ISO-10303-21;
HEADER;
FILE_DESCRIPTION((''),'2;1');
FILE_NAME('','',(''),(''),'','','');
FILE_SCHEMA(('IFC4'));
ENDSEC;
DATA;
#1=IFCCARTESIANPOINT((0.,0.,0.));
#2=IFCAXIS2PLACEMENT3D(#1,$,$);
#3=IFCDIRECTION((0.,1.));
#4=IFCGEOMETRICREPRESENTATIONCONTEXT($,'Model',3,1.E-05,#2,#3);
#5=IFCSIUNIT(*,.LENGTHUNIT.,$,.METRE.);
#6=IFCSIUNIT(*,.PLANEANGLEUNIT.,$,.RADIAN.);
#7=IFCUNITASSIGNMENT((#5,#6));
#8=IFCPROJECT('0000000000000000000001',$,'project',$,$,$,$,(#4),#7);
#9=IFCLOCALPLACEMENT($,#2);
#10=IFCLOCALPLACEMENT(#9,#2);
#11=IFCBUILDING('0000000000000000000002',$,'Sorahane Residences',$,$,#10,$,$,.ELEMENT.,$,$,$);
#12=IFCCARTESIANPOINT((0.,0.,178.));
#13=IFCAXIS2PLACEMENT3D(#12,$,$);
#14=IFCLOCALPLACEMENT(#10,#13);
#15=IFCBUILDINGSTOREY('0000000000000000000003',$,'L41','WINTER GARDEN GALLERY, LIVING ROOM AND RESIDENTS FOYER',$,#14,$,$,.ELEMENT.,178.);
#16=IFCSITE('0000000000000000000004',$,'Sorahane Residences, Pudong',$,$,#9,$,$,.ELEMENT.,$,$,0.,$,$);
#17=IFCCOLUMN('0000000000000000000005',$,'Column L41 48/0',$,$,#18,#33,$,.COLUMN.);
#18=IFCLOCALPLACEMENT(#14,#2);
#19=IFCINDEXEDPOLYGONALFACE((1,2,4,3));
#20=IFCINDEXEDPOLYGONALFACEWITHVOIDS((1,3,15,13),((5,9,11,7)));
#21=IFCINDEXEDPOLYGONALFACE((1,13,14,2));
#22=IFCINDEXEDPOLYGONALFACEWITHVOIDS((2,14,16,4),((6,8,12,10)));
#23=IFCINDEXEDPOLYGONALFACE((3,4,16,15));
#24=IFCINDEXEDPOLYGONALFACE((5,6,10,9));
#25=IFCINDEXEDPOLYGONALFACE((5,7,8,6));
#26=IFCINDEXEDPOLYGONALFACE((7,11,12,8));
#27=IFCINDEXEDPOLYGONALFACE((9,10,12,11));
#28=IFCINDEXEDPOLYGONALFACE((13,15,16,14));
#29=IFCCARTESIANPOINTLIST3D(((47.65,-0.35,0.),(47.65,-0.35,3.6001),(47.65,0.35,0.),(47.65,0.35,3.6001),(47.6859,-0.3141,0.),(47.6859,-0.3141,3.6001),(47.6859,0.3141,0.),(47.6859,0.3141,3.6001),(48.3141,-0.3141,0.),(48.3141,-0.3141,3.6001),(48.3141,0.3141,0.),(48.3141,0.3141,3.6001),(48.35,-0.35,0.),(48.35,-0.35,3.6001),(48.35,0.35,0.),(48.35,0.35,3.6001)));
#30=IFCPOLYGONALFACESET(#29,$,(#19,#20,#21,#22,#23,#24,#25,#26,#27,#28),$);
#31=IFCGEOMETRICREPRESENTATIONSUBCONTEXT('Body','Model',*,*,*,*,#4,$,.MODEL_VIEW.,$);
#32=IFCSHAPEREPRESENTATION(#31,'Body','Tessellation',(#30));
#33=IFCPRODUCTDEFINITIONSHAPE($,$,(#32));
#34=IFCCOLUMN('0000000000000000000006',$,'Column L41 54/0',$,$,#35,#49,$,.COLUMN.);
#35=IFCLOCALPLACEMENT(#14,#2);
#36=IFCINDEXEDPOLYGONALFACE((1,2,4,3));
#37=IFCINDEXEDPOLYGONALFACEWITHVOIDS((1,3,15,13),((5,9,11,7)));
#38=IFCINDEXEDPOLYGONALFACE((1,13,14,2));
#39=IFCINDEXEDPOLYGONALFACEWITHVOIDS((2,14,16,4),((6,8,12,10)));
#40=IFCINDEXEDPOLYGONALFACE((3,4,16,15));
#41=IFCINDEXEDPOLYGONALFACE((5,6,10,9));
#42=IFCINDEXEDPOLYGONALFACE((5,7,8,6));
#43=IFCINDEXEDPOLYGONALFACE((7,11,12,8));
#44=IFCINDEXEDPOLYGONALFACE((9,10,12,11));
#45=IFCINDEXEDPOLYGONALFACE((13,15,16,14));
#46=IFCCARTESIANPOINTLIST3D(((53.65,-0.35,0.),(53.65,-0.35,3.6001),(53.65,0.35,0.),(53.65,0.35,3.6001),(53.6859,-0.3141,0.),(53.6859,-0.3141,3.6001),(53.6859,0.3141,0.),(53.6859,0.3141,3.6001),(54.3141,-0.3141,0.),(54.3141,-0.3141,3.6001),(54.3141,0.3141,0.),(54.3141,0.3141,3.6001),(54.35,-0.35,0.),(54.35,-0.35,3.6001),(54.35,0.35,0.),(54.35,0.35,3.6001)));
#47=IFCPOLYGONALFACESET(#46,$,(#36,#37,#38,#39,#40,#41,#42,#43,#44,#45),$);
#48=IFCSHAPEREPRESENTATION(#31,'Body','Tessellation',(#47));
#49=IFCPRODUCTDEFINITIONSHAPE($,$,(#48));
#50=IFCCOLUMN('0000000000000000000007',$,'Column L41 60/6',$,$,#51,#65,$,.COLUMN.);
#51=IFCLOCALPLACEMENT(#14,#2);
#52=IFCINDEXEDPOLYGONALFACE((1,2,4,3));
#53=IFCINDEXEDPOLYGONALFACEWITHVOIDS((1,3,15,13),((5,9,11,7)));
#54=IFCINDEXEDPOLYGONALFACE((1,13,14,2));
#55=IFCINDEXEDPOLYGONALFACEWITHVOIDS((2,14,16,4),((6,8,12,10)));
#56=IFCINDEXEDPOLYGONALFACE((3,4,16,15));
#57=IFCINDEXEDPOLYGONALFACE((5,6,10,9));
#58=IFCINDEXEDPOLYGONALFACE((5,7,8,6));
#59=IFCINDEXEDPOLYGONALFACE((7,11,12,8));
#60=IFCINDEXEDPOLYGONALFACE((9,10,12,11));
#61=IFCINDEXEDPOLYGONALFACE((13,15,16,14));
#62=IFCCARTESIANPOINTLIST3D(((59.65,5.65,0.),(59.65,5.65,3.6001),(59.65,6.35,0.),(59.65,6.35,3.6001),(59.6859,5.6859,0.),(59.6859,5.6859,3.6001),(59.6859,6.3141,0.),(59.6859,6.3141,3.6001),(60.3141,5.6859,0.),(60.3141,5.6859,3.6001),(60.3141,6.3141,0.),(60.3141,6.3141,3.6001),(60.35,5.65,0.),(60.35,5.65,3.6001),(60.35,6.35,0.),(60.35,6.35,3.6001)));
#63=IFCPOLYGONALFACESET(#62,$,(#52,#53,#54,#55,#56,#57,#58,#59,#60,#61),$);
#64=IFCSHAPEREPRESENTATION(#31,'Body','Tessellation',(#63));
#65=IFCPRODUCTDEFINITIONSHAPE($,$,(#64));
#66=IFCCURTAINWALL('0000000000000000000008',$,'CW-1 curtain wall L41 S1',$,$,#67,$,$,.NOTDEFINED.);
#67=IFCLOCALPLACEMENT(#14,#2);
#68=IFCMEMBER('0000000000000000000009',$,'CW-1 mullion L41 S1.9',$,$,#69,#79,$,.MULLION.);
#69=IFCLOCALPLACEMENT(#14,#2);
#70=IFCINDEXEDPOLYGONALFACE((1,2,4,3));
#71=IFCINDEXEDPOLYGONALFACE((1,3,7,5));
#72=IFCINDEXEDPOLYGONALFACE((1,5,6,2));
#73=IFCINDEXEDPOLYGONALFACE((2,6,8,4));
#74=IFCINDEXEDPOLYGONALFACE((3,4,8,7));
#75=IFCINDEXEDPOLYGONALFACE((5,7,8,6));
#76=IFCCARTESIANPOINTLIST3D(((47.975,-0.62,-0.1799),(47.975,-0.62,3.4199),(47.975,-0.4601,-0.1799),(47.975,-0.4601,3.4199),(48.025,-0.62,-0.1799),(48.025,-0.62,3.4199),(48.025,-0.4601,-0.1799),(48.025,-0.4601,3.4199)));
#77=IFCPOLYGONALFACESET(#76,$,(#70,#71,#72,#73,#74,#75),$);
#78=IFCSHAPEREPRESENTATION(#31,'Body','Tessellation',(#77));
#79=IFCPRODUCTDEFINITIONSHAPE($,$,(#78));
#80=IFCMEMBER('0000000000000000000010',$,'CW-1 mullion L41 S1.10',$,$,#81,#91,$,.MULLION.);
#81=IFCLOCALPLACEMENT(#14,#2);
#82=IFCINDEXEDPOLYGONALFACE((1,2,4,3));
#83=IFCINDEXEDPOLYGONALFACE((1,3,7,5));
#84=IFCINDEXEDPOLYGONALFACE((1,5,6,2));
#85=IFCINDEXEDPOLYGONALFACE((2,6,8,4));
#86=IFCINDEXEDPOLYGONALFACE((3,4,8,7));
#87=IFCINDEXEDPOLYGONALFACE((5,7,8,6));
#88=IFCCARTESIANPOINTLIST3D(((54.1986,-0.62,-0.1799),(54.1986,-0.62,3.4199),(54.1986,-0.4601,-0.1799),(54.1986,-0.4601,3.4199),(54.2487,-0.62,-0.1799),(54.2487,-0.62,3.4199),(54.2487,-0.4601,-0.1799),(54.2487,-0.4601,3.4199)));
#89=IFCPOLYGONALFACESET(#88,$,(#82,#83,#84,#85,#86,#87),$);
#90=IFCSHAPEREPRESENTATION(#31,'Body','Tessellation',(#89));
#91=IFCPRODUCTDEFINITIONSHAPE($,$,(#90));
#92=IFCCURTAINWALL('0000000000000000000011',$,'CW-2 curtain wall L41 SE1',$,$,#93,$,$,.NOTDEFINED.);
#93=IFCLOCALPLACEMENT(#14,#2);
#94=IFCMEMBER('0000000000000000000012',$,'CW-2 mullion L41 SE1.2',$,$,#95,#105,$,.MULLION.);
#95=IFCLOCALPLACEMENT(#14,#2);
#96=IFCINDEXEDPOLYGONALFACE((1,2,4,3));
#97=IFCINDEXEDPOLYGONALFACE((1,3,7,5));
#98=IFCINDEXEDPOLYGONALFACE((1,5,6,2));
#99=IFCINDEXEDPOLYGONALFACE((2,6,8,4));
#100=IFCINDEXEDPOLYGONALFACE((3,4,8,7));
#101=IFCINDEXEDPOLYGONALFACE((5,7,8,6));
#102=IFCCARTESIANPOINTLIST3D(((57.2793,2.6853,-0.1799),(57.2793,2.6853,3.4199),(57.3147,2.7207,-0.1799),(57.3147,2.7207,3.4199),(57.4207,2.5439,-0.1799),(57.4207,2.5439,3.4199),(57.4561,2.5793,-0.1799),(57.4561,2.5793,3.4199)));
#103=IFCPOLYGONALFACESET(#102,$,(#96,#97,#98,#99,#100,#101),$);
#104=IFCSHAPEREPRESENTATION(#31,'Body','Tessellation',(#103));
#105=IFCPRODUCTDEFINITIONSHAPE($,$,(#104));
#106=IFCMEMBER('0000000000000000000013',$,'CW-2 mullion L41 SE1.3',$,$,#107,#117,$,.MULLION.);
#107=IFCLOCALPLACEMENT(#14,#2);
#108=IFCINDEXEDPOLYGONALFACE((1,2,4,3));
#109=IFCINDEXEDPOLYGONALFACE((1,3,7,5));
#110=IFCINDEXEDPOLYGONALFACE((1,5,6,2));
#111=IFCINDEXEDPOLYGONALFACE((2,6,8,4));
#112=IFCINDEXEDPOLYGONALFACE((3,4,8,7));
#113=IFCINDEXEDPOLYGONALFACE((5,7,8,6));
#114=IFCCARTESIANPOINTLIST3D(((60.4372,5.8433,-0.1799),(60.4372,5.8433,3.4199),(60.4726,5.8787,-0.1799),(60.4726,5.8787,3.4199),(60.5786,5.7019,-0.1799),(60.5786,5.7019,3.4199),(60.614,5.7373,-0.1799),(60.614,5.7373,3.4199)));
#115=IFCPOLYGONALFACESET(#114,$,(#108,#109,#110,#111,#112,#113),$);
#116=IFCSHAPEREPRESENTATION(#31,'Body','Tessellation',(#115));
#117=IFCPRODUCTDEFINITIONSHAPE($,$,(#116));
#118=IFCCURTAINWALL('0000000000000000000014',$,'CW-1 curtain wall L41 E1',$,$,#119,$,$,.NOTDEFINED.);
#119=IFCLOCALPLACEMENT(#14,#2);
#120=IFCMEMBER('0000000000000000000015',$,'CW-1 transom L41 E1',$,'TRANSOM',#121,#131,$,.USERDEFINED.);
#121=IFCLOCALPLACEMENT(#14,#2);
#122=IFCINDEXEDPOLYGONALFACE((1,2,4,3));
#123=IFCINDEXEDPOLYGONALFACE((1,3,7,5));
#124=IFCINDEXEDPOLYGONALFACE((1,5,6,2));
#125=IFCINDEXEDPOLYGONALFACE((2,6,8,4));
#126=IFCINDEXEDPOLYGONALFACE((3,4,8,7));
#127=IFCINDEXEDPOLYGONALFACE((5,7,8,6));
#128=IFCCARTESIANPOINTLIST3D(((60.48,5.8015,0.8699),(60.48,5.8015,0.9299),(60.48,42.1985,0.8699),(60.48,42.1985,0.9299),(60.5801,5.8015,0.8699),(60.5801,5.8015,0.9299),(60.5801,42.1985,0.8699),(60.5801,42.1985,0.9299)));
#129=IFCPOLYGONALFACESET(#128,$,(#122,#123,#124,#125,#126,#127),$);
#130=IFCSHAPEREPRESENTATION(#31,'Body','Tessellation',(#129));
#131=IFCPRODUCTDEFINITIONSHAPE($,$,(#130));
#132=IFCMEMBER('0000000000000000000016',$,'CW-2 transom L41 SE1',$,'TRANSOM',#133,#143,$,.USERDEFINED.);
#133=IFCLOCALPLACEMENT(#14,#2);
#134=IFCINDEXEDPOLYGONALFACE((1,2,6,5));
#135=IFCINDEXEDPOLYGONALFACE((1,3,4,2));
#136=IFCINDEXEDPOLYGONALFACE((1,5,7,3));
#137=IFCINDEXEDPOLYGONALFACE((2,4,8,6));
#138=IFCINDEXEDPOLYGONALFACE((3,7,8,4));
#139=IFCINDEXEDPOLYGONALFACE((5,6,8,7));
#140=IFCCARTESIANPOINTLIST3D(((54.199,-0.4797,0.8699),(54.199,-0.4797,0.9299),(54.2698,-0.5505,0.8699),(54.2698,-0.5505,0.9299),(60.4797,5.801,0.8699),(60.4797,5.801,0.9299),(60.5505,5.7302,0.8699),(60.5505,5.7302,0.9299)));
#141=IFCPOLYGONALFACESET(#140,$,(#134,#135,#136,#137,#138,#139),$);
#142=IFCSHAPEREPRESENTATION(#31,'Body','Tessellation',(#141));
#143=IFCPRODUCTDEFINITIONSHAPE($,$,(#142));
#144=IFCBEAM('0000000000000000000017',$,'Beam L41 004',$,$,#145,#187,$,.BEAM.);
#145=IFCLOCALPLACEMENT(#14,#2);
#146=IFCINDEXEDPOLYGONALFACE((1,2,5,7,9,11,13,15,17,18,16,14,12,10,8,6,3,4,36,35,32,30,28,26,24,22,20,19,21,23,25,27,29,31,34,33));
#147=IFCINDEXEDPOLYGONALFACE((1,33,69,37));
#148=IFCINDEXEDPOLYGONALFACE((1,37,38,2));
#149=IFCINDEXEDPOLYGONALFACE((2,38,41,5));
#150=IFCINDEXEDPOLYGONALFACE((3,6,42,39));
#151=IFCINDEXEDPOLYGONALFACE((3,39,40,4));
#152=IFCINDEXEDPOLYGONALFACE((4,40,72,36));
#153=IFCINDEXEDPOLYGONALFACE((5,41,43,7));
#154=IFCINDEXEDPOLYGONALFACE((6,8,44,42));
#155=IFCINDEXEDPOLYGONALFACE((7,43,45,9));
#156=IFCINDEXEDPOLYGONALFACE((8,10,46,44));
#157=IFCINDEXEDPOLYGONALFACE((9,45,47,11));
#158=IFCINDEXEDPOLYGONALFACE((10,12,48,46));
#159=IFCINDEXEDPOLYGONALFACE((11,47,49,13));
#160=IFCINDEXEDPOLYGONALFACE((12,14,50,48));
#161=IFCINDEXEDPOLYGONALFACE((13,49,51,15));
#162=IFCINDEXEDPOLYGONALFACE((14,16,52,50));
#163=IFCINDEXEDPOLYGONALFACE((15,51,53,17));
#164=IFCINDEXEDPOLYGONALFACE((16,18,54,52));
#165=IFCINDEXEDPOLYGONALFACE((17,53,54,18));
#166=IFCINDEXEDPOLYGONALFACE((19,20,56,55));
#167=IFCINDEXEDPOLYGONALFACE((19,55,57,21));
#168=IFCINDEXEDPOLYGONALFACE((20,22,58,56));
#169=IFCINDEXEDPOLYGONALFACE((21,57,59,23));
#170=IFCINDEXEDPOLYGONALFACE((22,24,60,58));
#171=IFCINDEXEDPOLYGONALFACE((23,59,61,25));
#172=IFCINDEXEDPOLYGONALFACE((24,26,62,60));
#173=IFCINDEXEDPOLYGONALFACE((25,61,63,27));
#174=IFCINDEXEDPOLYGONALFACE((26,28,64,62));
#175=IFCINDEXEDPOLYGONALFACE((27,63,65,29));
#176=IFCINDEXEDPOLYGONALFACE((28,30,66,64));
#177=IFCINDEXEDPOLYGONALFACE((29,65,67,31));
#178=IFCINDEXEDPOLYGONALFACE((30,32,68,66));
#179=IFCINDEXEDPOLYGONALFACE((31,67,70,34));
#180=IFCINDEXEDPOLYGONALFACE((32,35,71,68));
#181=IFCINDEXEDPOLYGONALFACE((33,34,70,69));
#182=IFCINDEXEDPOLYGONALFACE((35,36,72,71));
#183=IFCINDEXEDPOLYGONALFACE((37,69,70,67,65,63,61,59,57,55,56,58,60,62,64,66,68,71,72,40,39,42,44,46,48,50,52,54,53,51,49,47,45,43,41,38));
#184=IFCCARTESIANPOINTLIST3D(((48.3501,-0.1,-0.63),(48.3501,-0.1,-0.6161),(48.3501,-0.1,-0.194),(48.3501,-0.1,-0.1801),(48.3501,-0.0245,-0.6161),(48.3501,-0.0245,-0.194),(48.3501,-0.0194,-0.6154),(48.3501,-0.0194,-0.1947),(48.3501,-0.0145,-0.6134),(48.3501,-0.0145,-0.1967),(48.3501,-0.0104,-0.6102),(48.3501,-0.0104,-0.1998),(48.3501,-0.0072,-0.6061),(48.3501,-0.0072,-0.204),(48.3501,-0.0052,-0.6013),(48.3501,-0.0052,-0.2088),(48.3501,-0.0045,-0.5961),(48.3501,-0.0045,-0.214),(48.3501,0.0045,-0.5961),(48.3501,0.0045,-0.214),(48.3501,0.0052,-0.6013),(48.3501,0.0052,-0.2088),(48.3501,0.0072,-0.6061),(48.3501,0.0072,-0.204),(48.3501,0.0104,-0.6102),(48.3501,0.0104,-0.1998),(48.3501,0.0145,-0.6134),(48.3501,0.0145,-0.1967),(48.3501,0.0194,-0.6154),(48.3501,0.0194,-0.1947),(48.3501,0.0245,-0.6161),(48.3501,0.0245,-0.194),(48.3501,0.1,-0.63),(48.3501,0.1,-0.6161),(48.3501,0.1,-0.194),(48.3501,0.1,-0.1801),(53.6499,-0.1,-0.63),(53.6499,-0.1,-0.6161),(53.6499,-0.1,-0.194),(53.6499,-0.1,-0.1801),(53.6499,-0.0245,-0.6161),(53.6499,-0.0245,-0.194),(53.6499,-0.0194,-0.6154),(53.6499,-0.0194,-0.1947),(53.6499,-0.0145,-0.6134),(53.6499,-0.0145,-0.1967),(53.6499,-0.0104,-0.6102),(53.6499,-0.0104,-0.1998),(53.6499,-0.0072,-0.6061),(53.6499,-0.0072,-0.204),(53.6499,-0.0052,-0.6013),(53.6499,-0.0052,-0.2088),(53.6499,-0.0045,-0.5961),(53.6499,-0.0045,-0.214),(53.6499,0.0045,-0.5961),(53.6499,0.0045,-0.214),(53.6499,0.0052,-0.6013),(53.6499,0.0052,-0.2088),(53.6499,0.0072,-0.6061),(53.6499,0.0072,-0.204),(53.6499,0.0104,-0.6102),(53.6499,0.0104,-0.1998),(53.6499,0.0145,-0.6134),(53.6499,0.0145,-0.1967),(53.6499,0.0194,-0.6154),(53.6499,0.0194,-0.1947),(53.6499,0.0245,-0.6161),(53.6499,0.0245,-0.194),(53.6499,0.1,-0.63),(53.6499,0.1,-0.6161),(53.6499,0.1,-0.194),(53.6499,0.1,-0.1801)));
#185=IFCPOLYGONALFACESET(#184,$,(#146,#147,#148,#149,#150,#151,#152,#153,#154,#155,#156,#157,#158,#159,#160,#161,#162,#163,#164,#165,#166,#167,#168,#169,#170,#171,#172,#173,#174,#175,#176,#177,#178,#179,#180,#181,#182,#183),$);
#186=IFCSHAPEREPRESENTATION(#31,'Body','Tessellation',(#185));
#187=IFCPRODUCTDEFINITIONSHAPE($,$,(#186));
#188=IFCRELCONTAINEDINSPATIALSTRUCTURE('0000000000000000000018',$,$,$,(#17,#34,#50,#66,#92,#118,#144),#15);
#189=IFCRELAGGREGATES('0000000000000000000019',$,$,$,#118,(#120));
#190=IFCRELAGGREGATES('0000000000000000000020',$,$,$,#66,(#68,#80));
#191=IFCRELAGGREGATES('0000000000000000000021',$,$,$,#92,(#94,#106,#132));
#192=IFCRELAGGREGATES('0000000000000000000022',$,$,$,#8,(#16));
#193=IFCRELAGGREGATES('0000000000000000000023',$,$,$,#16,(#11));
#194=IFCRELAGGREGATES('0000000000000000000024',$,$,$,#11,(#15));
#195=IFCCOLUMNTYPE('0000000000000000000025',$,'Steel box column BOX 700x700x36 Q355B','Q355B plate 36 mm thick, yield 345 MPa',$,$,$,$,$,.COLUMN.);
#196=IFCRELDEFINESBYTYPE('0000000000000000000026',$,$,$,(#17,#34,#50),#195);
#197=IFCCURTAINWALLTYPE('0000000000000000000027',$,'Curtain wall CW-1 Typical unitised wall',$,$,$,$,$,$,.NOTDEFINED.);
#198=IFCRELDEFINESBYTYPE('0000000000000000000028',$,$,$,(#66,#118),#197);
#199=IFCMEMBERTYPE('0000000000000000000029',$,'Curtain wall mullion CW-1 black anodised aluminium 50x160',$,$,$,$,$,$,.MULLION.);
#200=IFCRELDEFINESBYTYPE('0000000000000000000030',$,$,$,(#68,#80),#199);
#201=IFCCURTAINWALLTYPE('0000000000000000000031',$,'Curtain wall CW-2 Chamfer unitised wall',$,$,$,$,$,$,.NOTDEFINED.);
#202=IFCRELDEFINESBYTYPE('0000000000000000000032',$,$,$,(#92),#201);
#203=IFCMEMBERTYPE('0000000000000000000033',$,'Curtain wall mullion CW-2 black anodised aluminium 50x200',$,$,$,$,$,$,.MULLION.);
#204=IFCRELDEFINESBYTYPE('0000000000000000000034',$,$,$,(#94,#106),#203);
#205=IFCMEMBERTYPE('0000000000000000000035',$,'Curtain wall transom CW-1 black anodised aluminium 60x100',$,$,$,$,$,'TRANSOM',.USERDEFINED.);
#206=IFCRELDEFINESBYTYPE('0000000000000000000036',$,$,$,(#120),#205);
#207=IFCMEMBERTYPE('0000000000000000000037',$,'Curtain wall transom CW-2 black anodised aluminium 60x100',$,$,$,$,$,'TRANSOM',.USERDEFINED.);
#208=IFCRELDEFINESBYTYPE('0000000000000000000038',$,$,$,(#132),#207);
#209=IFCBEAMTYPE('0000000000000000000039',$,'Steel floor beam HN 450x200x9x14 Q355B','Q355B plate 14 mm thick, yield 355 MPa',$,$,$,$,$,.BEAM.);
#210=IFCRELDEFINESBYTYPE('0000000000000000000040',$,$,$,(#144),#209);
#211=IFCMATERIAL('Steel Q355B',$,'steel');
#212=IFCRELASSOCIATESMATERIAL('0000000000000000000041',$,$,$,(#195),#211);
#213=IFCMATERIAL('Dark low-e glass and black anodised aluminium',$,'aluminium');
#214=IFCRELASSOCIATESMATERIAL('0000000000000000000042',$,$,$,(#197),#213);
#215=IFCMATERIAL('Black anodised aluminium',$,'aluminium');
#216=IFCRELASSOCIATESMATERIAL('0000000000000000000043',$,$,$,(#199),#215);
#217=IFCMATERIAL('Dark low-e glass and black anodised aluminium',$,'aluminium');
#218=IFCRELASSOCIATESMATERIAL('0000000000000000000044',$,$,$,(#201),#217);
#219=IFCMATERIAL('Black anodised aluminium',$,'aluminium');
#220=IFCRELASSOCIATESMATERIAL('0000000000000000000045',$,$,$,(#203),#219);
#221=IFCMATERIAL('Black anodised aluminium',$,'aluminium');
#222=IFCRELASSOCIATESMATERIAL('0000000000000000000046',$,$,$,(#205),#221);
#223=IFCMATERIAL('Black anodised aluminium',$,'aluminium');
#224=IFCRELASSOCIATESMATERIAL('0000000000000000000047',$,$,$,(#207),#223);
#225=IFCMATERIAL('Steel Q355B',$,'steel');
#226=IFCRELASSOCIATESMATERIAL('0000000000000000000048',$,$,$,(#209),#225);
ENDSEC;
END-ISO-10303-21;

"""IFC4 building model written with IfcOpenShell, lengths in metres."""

from ifc_helpers import new_model, si_unit, direction, frame, origin, origin_2d, place, context, subcontext, project, spatial, rectangle, hollow_rectangle, i_section, extrude, material, material_profile, profile_set, type_object, element, aggregate, save


model = new_model("IFC4")

# Units and contexts
model_context = context("Model", 3, precision=1e-05, world=origin(), true_north=direction((0.0, 1.0)))
body_context = subcontext(model_context, "Body", "Model", "MODEL_VIEW")
ifc_project = project(units=[si_unit("LENGTHUNIT", "METRE"), si_unit("PLANEANGLEUNIT", "RADIAN")], contexts=[model_context])

# Site, building, storey
site_placement = place(None, origin())
site = spatial("IfcSite", under=ifc_project, at=site_placement, Name="Sorahane Residences, Pudong", CompositionType="ELEMENT", RefElevation=0.0)
building_placement = place(site_placement, origin())
building = spatial("IfcBuilding", under=site, at=building_placement, Name="Sorahane Residences", CompositionType="ELEMENT")
storey_placement = place(building_placement, frame((0.0, 0.0, 178.0)))
storey = spatial("IfcBuildingStorey", under=building, at=storey_placement, Name="L41", Description="WINTER GARDEN GALLERY, LIVING ROOM AND RESIDENTS FOYER", CompositionType="ELEMENT", Elevation=178.0)

# Columns
ifc_material_1 = material(Name="Steel Q355B", Category="steel")
ifc_material_profile_1 = material_profile(ifc_material_1, hollow_rectangle(XDim=0.7, YDim=0.7, WallThickness=0.0359, at=origin_2d()), Name="BOX 700x700x36")
ifc_profile_set_1 = profile_set([ifc_material_profile_1], Name="Steel Q355B")
column_type = type_object("IfcColumnType", Name="Steel box column BOX 700x700x36 Q355B", Description="Q355B plate 36 mm thick, yield 345 MPa", PredefinedType="COLUMN", material=ifc_profile_set_1)
for number, where, z_axis, x_axis, name in (
    (1, (48.0, 0.0, 0.0), (0.0, 0.0, 1.0), (1.0, 0.0, 0.0), "Column L41 48/0"),
    (2, (54.0, 0.0, 0.0), (0.0, 0.0, 1.0), (1.0, 0.0, 0.0), "Column L41 54/0"),
    (3, (60.0, 6.0, 0.0), (0.0, 0.0, 1.0), (1.0, 0.0, 0.0), "Column L41 60/6"),
):
    element("IfcColumn", number, at=place(storey_placement, frame(where, z_axis=z_axis, x_axis=x_axis)), inside=storey, type_object=column_type, Name=name, PredefinedType="COLUMN", context=body_context, shape_type="SweptSolid", body=[
        extrude(hollow_rectangle(XDim=0.7, YDim=0.7, WallThickness=0.0359, at=origin_2d()), origin(), (0.0, 0.0, 1.0), 3.6001),
    ])

# Curtain walls, members
ifc_material_2 = material(Name="Dark low-e glass and black anodised aluminium", Category="aluminium")
curtain_wall_type_1 = type_object("IfcCurtainWallType", Name="Curtain wall CW-1 Typical unitised wall", PredefinedType="NOTDEFINED", material=ifc_material_2)
curtain_wall_1_placement = place(storey_placement, origin())
curtain_wall_1 = element("IfcCurtainWall", 4, at=curtain_wall_1_placement, inside=storey, type_object=curtain_wall_type_1, Name="CW-1 curtain wall L41 S1", PredefinedType="NOTDEFINED")
ifc_material_3 = material(Name="Black anodised aluminium", Category="aluminium")
ifc_material_profile_2 = material_profile(ifc_material_3, rectangle(XDim=0.1599, YDim=0.05, at=origin_2d()), Name="Curtain wall mullion CW-1 black anodised aluminium 50x160")
ifc_profile_set_2 = profile_set([ifc_material_profile_2], Name="Black anodised aluminium")
member_type_1 = type_object("IfcMemberType", Name="Curtain wall mullion CW-1 black anodised aluminium 50x160", PredefinedType="MULLION", material=ifc_profile_set_2)
member_1_placement = place(storey_placement, frame((48.0, -0.54, -0.1799), z_axis=(0.0, 0.0, 1.0), x_axis=(0.0, -1.0, 0.0)))
member_1 = element("IfcMember", 5, at=member_1_placement, type_object=member_type_1, Name="CW-1 mullion L41 S1.9", PredefinedType="MULLION", context=body_context, shape_type="SweptSolid", body=[
    extrude(rectangle(XDim=0.1599, YDim=0.05, at=origin_2d()), origin(), (0.0, 0.0, 1.0), 3.5999),
])
member_2_placement = place(storey_placement, frame((54.2236, -0.54, -0.1799), z_axis=(0.0, 0.0, 1.0), x_axis=(0.0, -1.0, 0.0)))
member_2 = element("IfcMember", 6, at=member_2_placement, type_object=member_type_1, Name="CW-1 mullion L41 S1.10", PredefinedType="MULLION", context=body_context, shape_type="SweptSolid", body=[
    extrude(rectangle(XDim=0.1599, YDim=0.05, at=origin_2d()), origin(), (0.0, 0.0, 1.0), 3.5999),
])
ifc_material_4 = material(Name="Dark low-e glass and black anodised aluminium", Category="aluminium")
curtain_wall_type_2 = type_object("IfcCurtainWallType", Name="Curtain wall CW-2 Chamfer unitised wall", PredefinedType="NOTDEFINED", material=ifc_material_4)
curtain_wall_2_placement = place(storey_placement, origin())
curtain_wall_2 = element("IfcCurtainWall", 7, at=curtain_wall_2_placement, inside=storey, type_object=curtain_wall_type_2, Name="CW-2 curtain wall L41 SE1", PredefinedType="NOTDEFINED")
ifc_material_5 = material(Name="Black anodised aluminium", Category="aluminium")
ifc_material_profile_3 = material_profile(ifc_material_5, rectangle(XDim=0.2, YDim=0.05, at=origin_2d()), Name="Curtain wall mullion CW-2 black anodised aluminium 50x200")
ifc_profile_set_3 = profile_set([ifc_material_profile_3], Name="Black anodised aluminium")
member_type_2 = type_object("IfcMemberType", Name="Curtain wall mullion CW-2 black anodised aluminium 50x200", PredefinedType="MULLION", material=ifc_profile_set_3)
member_3_placement = place(storey_placement, frame((57.3677, 2.6323, -0.1799), z_axis=(0.0, 0.0, 1.0), x_axis=(0.707107, -0.707107, 0.0)))
member_3 = element("IfcMember", 8, at=member_3_placement, type_object=member_type_2, Name="CW-2 mullion L41 SE1.2", PredefinedType="MULLION", context=body_context, shape_type="SweptSolid", body=[
    extrude(rectangle(XDim=0.2, YDim=0.05, at=origin_2d()), origin(), (0.0, 0.0, 1.0), 3.5999),
])
member_4_placement = place(storey_placement, frame((60.5256, 5.7903, -0.1799), z_axis=(0.0, 0.0, 1.0), x_axis=(0.707107, -0.707107, 0.0)))
member_4 = element("IfcMember", 9, at=member_4_placement, type_object=member_type_2, Name="CW-2 mullion L41 SE1.3", PredefinedType="MULLION", context=body_context, shape_type="SweptSolid", body=[
    extrude(rectangle(XDim=0.2, YDim=0.05, at=origin_2d()), origin(), (0.0, 0.0, 1.0), 3.5999),
])

# Curtain wall, member
curtain_wall_3_placement = place(storey_placement, origin())
curtain_wall_3 = element("IfcCurtainWall", 10, at=curtain_wall_3_placement, inside=storey, type_object=curtain_wall_type_1, Name="CW-1 curtain wall L41 E1", PredefinedType="NOTDEFINED")
ifc_material_6 = material(Name="Black anodised aluminium", Category="aluminium")
ifc_material_profile_4 = material_profile(ifc_material_6, rectangle(XDim=0.1001, YDim=0.0601, at=origin_2d()), Name="Curtain wall transom CW-1 black anodised aluminium 60x100")
ifc_profile_set_4 = profile_set([ifc_material_profile_4], Name="Black anodised aluminium")
member_type_3 = type_object("IfcMemberType", Name="Curtain wall transom CW-1 black anodised aluminium 60x100", ElementType="TRANSOM", PredefinedType="USERDEFINED", material=ifc_profile_set_4)
member_5_placement = place(storey_placement, frame((60.53, 5.8015, 0.8999), z_axis=(0.0, 1.0, 0.0), x_axis=(-1.0, 0.0, 0.0)))
member_5 = element("IfcMember", 11, at=member_5_placement, type_object=member_type_3, Name="CW-1 transom L41 E1", ObjectType="TRANSOM", PredefinedType="USERDEFINED", context=body_context, shape_type="SweptSolid", body=[
    extrude(rectangle(XDim=0.1001, YDim=0.0601, at=origin_2d()), origin(), (0.0, 0.0, 1.0), 36.397),
])
aggregate(curtain_wall_3, [member_5])

# Member
ifc_material_7 = material(Name="Black anodised aluminium", Category="aluminium")
ifc_material_profile_5 = material_profile(ifc_material_7, rectangle(XDim=0.1001, YDim=0.0601, at=origin_2d()), Name="Curtain wall transom CW-2 black anodised aluminium 60x100")
ifc_profile_set_5 = profile_set([ifc_material_profile_5], Name="Black anodised aluminium")
member_type_4 = type_object("IfcMemberType", Name="Curtain wall transom CW-2 black anodised aluminium 60x100", ElementType="TRANSOM", PredefinedType="USERDEFINED", material=ifc_profile_set_5)
member_6_placement = place(storey_placement, frame((54.2344, -0.5151, 0.8999), z_axis=(0.707107, 0.707107, 0.0), x_axis=(-0.707107, 0.707107, 0.0)))
member_6 = element("IfcMember", 12, at=member_6_placement, type_object=member_type_4, Name="CW-2 transom L41 SE1", ObjectType="TRANSOM", PredefinedType="USERDEFINED", context=body_context, shape_type="SweptSolid", body=[
    extrude(rectangle(XDim=0.1001, YDim=0.0601, at=origin_2d()), origin(), (0.0, 0.0, 1.0), 8.8823),
])

# Beam
ifc_material_8 = material(Name="Steel Q355B", Category="steel")
ifc_material_profile_6 = material_profile(ifc_material_8, i_section(OverallWidth=0.2, OverallDepth=0.45, WebThickness=0.009, FlangeThickness=0.0139, FilletRadius=0.02, at=origin_2d()), Name="HN 450x200x9x14")
ifc_profile_set_6 = profile_set([ifc_material_profile_6], Name="Steel Q355B")
beam_type_1 = type_object("IfcBeamType", Name="Steel floor beam HN 450x200x9x14 Q355B", Description="Q355B plate 14 mm thick, yield 355 MPa", PredefinedType="BEAM", material=ifc_profile_set_6)
for number, where, z_axis, x_axis, name in (
    (13, (48.3501, 0.0, -0.405), (1.0, 0.0, 0.0), (0.0, 1.0, 0.0), "Beam L41 004"),
):
    element("IfcBeam", number, at=place(storey_placement, frame(where, z_axis=z_axis, x_axis=x_axis)), inside=storey, type_object=beam_type_1, Name=name, PredefinedType="BEAM", context=body_context, shape_type="SweptSolid", body=[
        extrude(i_section(OverallWidth=0.2, OverallDepth=0.45, WebThickness=0.009, FlangeThickness=0.0139, FilletRadius=0.02, at=origin_2d()), origin(), (0.0, 0.0, 1.0), 5.2998),
    ])

aggregate(curtain_wall_1, [member_1, member_2])
aggregate(curtain_wall_2, [member_3, member_4, member_6])

save(model, "model.ifc")
